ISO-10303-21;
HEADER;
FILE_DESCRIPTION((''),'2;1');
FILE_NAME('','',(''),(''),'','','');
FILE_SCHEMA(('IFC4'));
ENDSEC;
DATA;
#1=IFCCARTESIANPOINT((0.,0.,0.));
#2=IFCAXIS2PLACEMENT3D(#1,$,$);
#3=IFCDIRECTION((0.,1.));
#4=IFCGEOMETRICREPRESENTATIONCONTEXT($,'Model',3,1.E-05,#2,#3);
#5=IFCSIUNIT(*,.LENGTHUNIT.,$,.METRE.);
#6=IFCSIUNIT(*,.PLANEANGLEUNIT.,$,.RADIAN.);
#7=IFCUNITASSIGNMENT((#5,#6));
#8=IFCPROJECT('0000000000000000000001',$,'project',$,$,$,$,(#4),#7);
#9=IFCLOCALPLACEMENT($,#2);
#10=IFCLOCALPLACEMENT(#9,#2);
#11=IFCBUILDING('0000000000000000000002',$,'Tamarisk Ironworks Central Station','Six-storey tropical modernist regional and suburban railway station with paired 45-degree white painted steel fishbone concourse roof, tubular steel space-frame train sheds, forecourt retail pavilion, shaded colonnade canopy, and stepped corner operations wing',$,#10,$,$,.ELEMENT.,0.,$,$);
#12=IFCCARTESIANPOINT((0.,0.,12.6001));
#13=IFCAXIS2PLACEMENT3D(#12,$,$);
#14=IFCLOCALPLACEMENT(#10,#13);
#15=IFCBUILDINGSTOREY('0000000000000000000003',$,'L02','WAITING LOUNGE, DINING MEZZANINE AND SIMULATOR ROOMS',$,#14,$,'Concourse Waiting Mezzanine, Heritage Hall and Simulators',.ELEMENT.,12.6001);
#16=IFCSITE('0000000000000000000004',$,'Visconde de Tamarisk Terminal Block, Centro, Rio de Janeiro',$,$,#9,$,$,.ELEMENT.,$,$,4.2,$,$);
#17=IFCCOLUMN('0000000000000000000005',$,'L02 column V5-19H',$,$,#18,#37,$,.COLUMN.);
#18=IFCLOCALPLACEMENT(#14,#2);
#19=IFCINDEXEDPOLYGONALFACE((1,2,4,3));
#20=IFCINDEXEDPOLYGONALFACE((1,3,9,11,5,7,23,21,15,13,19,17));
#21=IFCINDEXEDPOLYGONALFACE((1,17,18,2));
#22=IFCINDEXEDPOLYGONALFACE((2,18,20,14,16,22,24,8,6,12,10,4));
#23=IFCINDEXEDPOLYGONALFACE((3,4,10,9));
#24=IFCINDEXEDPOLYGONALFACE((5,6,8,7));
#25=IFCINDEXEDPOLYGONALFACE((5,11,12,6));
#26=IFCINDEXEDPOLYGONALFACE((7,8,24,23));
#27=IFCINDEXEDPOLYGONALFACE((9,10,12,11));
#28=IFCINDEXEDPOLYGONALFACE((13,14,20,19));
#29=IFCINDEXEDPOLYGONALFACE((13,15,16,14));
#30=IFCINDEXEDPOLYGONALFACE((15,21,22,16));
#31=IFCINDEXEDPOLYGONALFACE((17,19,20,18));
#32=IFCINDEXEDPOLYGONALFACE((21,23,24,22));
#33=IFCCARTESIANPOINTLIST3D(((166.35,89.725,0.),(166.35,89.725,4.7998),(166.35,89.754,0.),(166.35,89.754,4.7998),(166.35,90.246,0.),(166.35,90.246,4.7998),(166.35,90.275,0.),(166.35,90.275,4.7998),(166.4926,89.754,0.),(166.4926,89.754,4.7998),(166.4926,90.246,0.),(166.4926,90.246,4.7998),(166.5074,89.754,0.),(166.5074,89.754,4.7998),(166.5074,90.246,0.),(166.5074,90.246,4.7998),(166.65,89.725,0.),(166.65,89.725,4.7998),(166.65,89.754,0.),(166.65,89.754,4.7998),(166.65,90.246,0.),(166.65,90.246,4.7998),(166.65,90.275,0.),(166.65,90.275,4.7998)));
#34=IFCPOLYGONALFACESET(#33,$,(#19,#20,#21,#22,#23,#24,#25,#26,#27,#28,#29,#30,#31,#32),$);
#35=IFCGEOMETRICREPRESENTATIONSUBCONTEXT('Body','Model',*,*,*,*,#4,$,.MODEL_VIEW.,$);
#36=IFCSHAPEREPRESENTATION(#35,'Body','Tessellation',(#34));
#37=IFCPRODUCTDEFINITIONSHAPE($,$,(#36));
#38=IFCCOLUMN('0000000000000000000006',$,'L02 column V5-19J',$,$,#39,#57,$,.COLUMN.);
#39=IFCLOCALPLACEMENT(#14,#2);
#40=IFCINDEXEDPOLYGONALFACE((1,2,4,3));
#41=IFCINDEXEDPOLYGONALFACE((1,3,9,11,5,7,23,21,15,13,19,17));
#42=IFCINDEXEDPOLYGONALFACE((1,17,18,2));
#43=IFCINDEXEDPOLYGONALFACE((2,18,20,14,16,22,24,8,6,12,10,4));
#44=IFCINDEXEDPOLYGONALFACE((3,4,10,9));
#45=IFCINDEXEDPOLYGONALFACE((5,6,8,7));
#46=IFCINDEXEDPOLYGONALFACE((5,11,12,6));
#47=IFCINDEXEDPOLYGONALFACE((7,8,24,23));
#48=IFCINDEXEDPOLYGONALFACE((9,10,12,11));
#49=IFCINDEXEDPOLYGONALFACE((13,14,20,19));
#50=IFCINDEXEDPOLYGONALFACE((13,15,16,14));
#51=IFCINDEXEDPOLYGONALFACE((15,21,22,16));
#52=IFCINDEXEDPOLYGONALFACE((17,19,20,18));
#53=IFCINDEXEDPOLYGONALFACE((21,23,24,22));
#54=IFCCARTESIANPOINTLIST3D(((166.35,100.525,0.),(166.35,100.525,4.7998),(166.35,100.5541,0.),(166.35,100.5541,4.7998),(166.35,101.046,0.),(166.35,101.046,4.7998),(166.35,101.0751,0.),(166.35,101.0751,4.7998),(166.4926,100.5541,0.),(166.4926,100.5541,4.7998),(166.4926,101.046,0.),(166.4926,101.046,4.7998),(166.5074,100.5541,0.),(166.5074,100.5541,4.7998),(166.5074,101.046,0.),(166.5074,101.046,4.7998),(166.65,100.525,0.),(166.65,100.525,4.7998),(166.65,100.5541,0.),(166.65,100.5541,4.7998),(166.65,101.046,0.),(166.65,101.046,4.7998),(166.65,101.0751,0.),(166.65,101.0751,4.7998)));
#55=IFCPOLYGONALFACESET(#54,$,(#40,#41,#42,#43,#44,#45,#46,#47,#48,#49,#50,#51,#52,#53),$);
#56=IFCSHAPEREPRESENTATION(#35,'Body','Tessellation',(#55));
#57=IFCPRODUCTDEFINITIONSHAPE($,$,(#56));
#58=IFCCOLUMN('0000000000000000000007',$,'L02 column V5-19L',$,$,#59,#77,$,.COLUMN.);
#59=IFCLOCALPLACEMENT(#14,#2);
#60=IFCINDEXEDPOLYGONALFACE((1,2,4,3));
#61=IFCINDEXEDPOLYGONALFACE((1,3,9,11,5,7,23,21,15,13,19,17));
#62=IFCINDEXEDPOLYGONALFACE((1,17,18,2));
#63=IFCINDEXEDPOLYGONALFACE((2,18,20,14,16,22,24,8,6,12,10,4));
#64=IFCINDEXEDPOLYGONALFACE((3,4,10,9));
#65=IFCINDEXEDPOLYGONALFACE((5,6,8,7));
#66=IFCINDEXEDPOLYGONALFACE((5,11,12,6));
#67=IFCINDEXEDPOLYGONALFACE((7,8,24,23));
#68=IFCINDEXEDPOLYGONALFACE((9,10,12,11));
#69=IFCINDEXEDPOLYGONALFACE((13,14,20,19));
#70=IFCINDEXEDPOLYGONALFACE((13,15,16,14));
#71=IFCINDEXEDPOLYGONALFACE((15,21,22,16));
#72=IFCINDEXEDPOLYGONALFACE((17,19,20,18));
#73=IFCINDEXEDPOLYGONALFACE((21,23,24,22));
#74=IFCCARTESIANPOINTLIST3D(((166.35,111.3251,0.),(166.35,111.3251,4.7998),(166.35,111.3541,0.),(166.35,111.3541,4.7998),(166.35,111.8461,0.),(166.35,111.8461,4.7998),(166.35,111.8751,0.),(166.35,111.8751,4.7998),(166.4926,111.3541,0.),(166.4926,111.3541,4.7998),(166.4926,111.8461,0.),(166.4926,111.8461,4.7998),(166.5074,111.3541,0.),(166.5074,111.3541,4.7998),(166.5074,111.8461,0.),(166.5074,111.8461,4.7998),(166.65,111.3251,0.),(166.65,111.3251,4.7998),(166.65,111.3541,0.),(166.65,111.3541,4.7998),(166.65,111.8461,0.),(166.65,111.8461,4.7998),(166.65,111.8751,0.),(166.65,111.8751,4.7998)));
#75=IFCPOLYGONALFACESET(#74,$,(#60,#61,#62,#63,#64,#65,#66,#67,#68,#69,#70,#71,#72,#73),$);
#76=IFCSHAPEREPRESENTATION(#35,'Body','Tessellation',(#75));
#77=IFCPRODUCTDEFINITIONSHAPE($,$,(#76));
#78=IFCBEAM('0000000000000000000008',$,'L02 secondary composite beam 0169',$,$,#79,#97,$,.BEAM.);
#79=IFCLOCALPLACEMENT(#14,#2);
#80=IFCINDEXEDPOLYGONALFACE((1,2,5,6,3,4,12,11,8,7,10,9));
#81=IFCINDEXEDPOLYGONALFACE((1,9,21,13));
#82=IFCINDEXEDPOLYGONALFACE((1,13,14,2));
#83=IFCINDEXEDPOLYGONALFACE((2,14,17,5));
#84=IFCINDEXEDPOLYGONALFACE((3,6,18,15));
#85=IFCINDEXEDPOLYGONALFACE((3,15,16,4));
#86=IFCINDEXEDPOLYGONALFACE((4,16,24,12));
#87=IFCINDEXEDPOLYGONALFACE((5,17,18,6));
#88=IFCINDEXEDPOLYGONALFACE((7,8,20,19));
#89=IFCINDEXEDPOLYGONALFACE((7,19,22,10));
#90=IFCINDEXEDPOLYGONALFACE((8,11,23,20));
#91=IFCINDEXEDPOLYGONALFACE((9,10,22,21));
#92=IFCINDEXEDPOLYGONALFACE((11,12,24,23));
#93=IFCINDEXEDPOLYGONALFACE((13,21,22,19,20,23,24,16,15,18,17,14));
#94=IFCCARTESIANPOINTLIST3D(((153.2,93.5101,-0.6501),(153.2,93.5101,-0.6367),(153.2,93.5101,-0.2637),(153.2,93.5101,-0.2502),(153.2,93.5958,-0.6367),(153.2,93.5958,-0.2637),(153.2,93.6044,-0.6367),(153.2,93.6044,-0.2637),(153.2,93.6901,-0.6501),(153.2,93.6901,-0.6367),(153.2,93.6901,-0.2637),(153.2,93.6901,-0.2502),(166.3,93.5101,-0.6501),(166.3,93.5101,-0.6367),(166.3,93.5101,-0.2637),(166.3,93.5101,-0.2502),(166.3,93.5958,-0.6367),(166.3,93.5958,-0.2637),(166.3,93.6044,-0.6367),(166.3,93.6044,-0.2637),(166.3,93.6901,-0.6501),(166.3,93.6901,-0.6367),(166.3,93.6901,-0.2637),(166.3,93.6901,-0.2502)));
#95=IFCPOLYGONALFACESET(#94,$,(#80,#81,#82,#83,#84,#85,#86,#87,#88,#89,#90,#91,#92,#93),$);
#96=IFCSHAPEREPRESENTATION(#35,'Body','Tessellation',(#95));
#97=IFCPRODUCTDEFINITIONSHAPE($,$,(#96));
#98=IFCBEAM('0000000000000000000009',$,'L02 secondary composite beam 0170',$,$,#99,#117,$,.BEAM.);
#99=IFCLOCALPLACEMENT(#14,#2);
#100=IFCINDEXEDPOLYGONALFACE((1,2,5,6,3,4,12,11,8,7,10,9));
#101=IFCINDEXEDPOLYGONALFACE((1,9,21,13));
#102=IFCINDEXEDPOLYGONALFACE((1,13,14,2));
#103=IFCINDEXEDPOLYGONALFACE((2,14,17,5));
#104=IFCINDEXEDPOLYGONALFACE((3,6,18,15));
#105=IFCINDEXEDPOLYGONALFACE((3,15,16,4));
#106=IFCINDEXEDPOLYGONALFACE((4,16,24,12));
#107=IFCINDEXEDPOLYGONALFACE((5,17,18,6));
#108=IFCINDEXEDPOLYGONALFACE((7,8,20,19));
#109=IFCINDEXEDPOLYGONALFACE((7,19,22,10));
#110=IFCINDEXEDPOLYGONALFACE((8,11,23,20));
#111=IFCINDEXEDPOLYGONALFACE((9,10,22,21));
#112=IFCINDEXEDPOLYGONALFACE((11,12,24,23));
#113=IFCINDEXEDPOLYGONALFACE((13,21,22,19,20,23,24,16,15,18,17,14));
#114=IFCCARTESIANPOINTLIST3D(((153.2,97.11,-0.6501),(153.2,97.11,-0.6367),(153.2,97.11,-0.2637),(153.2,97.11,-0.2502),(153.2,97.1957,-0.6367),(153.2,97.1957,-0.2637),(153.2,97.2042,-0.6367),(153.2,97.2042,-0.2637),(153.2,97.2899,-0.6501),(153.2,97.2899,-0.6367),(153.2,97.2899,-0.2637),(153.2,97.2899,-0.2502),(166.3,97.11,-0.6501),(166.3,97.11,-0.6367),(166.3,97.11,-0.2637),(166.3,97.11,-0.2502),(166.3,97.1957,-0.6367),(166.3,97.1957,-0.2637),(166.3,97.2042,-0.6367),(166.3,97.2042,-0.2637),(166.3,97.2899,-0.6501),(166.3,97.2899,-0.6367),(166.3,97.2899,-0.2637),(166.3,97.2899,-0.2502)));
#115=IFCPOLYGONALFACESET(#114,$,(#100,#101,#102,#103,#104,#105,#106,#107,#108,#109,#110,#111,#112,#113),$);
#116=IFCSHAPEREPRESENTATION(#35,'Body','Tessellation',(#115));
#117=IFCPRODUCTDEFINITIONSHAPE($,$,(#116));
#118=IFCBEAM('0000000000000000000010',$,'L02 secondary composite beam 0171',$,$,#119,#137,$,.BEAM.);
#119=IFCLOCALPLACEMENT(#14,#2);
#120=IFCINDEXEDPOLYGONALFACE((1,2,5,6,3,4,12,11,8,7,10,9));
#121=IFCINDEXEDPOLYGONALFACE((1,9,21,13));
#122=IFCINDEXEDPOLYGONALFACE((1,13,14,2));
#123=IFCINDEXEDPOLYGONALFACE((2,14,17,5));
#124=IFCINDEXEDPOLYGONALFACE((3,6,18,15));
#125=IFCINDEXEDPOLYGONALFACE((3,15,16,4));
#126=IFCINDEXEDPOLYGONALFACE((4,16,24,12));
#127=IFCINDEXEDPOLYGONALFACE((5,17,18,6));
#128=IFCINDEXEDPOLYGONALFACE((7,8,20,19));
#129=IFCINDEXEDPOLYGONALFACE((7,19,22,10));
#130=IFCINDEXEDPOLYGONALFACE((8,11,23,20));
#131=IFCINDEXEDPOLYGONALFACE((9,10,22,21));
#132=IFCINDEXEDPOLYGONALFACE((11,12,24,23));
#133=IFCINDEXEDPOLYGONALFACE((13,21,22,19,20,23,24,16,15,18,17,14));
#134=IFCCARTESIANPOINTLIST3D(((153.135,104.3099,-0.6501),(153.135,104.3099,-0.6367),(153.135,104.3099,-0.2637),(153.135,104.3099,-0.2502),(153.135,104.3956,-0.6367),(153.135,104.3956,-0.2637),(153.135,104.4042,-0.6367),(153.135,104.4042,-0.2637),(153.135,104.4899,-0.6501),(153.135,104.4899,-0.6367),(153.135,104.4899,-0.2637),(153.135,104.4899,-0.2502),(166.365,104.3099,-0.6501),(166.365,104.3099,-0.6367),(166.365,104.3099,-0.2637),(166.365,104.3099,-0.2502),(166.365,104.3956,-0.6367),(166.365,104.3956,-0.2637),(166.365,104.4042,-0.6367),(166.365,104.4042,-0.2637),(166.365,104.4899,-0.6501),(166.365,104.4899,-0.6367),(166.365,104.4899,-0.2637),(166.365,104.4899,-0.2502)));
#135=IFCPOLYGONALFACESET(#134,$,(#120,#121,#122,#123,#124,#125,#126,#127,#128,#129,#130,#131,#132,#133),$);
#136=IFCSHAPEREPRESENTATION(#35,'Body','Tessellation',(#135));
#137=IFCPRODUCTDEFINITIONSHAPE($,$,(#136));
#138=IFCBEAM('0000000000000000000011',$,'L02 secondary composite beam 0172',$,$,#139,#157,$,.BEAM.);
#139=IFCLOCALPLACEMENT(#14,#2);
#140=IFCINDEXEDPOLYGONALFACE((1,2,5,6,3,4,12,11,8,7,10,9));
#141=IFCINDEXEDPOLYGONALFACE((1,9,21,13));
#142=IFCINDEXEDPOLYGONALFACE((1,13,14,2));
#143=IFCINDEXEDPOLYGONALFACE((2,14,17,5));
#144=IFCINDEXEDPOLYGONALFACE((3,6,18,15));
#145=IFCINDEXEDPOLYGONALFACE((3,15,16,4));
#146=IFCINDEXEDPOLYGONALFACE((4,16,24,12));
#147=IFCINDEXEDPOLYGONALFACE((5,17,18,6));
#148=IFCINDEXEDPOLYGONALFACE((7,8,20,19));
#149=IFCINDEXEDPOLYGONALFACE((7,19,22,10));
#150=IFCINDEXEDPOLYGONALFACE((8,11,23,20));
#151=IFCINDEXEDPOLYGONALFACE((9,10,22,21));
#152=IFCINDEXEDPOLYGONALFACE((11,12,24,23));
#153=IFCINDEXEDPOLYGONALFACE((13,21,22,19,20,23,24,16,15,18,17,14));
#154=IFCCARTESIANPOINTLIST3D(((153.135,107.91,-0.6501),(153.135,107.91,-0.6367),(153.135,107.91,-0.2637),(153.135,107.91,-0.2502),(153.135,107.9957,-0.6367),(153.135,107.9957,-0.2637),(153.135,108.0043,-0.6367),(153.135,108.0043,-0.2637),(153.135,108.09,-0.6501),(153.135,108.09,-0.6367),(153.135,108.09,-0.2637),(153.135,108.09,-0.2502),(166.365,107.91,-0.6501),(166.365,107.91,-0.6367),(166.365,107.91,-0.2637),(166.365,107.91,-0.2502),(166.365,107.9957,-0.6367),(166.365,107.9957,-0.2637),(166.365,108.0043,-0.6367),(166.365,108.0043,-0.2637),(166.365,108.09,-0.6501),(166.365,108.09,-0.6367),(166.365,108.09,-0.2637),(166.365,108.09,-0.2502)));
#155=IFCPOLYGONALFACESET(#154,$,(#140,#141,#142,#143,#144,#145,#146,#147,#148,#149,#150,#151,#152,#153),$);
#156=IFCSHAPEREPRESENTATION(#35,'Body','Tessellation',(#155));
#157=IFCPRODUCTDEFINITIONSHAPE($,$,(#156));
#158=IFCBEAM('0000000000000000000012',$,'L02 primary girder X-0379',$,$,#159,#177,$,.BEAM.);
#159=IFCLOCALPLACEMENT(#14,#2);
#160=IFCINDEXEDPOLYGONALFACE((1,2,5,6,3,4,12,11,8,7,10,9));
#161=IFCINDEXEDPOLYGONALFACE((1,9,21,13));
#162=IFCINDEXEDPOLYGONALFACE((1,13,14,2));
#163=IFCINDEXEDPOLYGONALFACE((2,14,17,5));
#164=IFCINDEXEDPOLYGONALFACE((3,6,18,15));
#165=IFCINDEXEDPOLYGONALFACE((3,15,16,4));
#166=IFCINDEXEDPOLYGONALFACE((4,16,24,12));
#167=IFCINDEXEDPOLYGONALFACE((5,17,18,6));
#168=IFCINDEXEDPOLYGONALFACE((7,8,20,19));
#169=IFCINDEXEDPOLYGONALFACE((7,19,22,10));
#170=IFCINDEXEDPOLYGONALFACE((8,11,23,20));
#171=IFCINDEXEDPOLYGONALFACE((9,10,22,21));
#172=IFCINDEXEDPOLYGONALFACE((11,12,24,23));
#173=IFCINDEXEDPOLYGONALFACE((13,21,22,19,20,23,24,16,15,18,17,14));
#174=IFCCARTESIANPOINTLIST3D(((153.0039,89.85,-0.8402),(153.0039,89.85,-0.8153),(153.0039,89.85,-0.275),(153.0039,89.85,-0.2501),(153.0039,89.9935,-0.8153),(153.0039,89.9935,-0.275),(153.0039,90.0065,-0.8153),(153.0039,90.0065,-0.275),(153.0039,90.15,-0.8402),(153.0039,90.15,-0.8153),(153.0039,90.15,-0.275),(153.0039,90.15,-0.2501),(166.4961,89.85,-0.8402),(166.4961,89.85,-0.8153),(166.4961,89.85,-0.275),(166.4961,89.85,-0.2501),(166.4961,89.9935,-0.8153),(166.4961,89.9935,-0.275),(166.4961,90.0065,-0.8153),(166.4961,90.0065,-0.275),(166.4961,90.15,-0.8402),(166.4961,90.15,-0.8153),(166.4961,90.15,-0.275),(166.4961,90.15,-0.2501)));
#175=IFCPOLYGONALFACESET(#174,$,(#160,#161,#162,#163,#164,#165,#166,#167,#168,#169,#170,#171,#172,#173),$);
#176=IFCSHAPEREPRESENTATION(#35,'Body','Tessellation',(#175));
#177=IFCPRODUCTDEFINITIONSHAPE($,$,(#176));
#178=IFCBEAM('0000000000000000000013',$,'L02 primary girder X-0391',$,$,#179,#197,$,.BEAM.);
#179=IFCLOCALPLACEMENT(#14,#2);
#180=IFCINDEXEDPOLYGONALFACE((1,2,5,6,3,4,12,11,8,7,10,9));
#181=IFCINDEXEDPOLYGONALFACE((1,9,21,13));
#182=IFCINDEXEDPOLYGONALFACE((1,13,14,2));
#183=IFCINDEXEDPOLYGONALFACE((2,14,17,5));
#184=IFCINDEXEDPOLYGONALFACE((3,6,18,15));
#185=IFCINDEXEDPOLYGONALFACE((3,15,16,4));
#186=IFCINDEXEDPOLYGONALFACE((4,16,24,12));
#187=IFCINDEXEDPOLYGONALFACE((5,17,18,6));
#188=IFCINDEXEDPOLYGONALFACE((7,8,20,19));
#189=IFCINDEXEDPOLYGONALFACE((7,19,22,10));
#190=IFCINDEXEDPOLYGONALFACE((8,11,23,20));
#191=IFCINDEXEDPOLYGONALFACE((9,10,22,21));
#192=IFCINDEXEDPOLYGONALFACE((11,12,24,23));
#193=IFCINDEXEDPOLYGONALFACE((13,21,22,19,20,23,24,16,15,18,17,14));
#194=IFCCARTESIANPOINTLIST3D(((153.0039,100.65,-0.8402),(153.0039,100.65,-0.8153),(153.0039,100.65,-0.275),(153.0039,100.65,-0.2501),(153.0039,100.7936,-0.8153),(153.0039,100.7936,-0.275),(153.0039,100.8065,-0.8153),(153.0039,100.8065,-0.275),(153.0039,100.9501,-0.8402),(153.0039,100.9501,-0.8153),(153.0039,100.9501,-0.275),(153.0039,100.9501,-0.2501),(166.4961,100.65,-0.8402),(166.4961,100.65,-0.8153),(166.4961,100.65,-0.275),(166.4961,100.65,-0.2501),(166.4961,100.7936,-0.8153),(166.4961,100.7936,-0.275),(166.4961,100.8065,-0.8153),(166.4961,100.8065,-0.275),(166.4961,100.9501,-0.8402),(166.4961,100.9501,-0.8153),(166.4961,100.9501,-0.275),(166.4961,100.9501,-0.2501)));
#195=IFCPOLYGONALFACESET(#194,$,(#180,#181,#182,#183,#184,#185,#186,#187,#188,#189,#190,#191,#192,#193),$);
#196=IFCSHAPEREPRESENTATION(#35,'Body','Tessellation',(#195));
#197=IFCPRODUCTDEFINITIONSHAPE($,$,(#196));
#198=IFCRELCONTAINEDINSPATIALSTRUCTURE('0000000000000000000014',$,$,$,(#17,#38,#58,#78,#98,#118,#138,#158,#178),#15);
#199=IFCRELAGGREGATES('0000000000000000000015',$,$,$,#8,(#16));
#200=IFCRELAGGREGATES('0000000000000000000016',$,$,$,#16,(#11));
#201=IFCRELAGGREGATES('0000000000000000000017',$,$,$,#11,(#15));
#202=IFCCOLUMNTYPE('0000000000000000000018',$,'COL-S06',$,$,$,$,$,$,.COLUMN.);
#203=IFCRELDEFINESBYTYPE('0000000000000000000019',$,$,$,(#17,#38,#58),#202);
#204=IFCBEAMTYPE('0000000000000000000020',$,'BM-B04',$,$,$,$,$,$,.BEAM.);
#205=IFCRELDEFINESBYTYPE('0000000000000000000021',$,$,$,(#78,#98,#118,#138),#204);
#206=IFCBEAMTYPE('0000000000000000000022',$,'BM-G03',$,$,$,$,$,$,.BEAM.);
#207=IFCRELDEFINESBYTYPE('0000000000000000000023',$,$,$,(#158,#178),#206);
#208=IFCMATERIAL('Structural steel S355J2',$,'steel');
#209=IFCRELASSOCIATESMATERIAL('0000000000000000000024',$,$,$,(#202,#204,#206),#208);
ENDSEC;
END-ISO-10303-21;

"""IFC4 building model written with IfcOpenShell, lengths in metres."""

from ifc_helpers import new_model, si_unit, direction, frame, origin, origin_2d, place, context, subcontext, project, spatial, i_section, extrude, material, material_profile, profile_set, type_object, element, save


model = new_model("IFC4")

# Units and contexts
model_context = context("Model", 3, precision=1e-05, world=origin(), true_north=direction((0.0, 1.0)))
body_context = subcontext(model_context, "Body", "Model", "MODEL_VIEW")
ifc_project = project(units=[si_unit("LENGTHUNIT", "METRE"), si_unit("PLANEANGLEUNIT", "RADIAN")], contexts=[model_context])

# Site, building, storey
site_placement = place(None, origin())
site = spatial("IfcSite", under=ifc_project, at=site_placement, Name="Visconde de Tamarisk Terminal Block, Centro, Rio de Janeiro", CompositionType="ELEMENT", RefElevation=4.2)
building_placement = place(site_placement, origin())
building = spatial("IfcBuilding", under=site, at=building_placement, Name="Tamarisk Ironworks Central Station", Description="Six-storey tropical modernist regional and suburban railway station with paired 45-degree white painted steel fishbone concourse roof, tubular steel space-frame train sheds, forecourt retail pavilion, shaded colonnade canopy, and stepped corner operations wing", CompositionType="ELEMENT", ElevationOfRefHeight=0.0)
storey_placement = place(building_placement, frame((0.0, 0.0, 12.6001)))
storey = spatial("IfcBuildingStorey", under=building, at=storey_placement, Name="L02", Description="WAITING LOUNGE, DINING MEZZANINE AND SIMULATOR ROOMS", LongName="Concourse Waiting Mezzanine, Heritage Hall and Simulators", CompositionType="ELEMENT", Elevation=12.6001)

# Columns
ifc_material_1 = material(Name="Structural steel S355J2", Category="steel")
ifc_material_profile_1 = material_profile(ifc_material_1, i_section(OverallWidth=0.3, OverallDepth=0.55, WebThickness=0.0149, FlangeThickness=0.0291, at=origin_2d()), Name="HEB 550")
ifc_profile_set_1 = profile_set([ifc_material_profile_1], Name="Structural steel S355J2")
column_type = type_object("IfcColumnType", Name="COL-S06", PredefinedType="COLUMN", material=ifc_profile_set_1)
for number, where, z_axis, x_axis, name in (
    (1, (166.5, 90.0, 0.0), (0.0, 0.0, 1.0), (1.0, 0.0, 0.0), "L02 column V5-19H"),
    (2, (166.5, 100.8, 0.0), (0.0, 0.0, 1.0), (1.0, 0.0, 0.0), "L02 column V5-19J"),
    (3, (166.5, 111.6001, 0.0), (0.0, 0.0, 1.0), (1.0, 0.0, 0.0), "L02 column V5-19L"),
):
    element("IfcColumn", number, at=place(storey_placement, frame(where, z_axis=z_axis, x_axis=x_axis)), inside=storey, type_object=column_type, Name=name, PredefinedType="COLUMN", context=body_context, shape_type="SweptSolid", body=[
        extrude(i_section(OverallWidth=0.3, OverallDepth=0.55, WebThickness=0.0149, FlangeThickness=0.0291, at=origin_2d()), origin(), (0.0, 0.0, 1.0), 4.7998),
    ])

# Beams
ifc_material_profile_2 = material_profile(ifc_material_1, i_section(OverallWidth=0.1799, OverallDepth=0.3999, WebThickness=0.0085, FlangeThickness=0.0134, at=origin_2d()), Name="IPE 400")
ifc_profile_set_2 = profile_set([ifc_material_profile_2], Name="Structural steel S355J2")
beam_type_1 = type_object("IfcBeamType", Name="BM-B04", PredefinedType="BEAM", material=ifc_profile_set_2)
for number, where, z_axis, x_axis, name in (
    (4, (153.2, 93.6001, -0.4502), (1.0, 0.0, 0.0), (0.0, 1.0, 0.0), "L02 secondary composite beam 0169"),
    (5, (153.2, 97.2, -0.4502), (1.0, 0.0, 0.0), (0.0, 1.0, 0.0), "L02 secondary composite beam 0170"),
):
    element("IfcBeam", number, at=place(storey_placement, frame(where, z_axis=z_axis, x_axis=x_axis)), inside=storey, type_object=beam_type_1, Name=name, PredefinedType="BEAM", context=body_context, shape_type="SweptSolid", body=[
        extrude(i_section(OverallWidth=0.1799, OverallDepth=0.3999, WebThickness=0.0085, FlangeThickness=0.0134, at=origin_2d()), origin(), (0.0, 0.0, 1.0), 13.1001),
    ])
for number, where, z_axis, x_axis, name in (
    (6, (153.135, 104.3999, -0.4502), (1.0, 0.0, 0.0), (0.0, 1.0, 0.0), "L02 secondary composite beam 0171"),
    (7, (153.135, 108.0, -0.4502), (1.0, 0.0, 0.0), (0.0, 1.0, 0.0), "L02 secondary composite beam 0172"),
):
    element("IfcBeam", number, at=place(storey_placement, frame(where, z_axis=z_axis, x_axis=x_axis)), inside=storey, type_object=beam_type_1, Name=name, PredefinedType="BEAM", context=body_context, shape_type="SweptSolid", body=[
        extrude(i_section(OverallWidth=0.1799, OverallDepth=0.3999, WebThickness=0.0085, FlangeThickness=0.0134, at=origin_2d()), origin(), (0.0, 0.0, 1.0), 13.23),
    ])
ifc_material_profile_3 = material_profile(ifc_material_1, i_section(OverallWidth=0.3, OverallDepth=0.5901, WebThickness=0.0129, FlangeThickness=0.0249, at=origin_2d()), Name="HEA 600")
ifc_profile_set_3 = profile_set([ifc_material_profile_3], Name="Structural steel S355J2")
beam_type_2 = type_object("IfcBeamType", Name="BM-G03", PredefinedType="BEAM", material=ifc_profile_set_3)
for number, where, z_axis, x_axis, name in (
    (8, (153.0039, 90.0, -0.5452), (1.0, 0.0, 0.0), (0.0, 1.0, 0.0), "L02 primary girder X-0379"),
    (9, (153.0039, 100.8, -0.5452), (1.0, 0.0, 0.0), (0.0, 1.0, 0.0), "L02 primary girder X-0391"),
):
    element("IfcBeam", number, at=place(storey_placement, frame(where, z_axis=z_axis, x_axis=x_axis)), inside=storey, type_object=beam_type_2, Name=name, PredefinedType="BEAM", context=body_context, shape_type="SweptSolid", body=[
        extrude(i_section(OverallWidth=0.3, OverallDepth=0.5901, WebThickness=0.0129, FlangeThickness=0.0249, at=origin_2d()), origin(), (0.0, 0.0, 1.0), 13.4922),
    ])

save(model, "model.ifc")
